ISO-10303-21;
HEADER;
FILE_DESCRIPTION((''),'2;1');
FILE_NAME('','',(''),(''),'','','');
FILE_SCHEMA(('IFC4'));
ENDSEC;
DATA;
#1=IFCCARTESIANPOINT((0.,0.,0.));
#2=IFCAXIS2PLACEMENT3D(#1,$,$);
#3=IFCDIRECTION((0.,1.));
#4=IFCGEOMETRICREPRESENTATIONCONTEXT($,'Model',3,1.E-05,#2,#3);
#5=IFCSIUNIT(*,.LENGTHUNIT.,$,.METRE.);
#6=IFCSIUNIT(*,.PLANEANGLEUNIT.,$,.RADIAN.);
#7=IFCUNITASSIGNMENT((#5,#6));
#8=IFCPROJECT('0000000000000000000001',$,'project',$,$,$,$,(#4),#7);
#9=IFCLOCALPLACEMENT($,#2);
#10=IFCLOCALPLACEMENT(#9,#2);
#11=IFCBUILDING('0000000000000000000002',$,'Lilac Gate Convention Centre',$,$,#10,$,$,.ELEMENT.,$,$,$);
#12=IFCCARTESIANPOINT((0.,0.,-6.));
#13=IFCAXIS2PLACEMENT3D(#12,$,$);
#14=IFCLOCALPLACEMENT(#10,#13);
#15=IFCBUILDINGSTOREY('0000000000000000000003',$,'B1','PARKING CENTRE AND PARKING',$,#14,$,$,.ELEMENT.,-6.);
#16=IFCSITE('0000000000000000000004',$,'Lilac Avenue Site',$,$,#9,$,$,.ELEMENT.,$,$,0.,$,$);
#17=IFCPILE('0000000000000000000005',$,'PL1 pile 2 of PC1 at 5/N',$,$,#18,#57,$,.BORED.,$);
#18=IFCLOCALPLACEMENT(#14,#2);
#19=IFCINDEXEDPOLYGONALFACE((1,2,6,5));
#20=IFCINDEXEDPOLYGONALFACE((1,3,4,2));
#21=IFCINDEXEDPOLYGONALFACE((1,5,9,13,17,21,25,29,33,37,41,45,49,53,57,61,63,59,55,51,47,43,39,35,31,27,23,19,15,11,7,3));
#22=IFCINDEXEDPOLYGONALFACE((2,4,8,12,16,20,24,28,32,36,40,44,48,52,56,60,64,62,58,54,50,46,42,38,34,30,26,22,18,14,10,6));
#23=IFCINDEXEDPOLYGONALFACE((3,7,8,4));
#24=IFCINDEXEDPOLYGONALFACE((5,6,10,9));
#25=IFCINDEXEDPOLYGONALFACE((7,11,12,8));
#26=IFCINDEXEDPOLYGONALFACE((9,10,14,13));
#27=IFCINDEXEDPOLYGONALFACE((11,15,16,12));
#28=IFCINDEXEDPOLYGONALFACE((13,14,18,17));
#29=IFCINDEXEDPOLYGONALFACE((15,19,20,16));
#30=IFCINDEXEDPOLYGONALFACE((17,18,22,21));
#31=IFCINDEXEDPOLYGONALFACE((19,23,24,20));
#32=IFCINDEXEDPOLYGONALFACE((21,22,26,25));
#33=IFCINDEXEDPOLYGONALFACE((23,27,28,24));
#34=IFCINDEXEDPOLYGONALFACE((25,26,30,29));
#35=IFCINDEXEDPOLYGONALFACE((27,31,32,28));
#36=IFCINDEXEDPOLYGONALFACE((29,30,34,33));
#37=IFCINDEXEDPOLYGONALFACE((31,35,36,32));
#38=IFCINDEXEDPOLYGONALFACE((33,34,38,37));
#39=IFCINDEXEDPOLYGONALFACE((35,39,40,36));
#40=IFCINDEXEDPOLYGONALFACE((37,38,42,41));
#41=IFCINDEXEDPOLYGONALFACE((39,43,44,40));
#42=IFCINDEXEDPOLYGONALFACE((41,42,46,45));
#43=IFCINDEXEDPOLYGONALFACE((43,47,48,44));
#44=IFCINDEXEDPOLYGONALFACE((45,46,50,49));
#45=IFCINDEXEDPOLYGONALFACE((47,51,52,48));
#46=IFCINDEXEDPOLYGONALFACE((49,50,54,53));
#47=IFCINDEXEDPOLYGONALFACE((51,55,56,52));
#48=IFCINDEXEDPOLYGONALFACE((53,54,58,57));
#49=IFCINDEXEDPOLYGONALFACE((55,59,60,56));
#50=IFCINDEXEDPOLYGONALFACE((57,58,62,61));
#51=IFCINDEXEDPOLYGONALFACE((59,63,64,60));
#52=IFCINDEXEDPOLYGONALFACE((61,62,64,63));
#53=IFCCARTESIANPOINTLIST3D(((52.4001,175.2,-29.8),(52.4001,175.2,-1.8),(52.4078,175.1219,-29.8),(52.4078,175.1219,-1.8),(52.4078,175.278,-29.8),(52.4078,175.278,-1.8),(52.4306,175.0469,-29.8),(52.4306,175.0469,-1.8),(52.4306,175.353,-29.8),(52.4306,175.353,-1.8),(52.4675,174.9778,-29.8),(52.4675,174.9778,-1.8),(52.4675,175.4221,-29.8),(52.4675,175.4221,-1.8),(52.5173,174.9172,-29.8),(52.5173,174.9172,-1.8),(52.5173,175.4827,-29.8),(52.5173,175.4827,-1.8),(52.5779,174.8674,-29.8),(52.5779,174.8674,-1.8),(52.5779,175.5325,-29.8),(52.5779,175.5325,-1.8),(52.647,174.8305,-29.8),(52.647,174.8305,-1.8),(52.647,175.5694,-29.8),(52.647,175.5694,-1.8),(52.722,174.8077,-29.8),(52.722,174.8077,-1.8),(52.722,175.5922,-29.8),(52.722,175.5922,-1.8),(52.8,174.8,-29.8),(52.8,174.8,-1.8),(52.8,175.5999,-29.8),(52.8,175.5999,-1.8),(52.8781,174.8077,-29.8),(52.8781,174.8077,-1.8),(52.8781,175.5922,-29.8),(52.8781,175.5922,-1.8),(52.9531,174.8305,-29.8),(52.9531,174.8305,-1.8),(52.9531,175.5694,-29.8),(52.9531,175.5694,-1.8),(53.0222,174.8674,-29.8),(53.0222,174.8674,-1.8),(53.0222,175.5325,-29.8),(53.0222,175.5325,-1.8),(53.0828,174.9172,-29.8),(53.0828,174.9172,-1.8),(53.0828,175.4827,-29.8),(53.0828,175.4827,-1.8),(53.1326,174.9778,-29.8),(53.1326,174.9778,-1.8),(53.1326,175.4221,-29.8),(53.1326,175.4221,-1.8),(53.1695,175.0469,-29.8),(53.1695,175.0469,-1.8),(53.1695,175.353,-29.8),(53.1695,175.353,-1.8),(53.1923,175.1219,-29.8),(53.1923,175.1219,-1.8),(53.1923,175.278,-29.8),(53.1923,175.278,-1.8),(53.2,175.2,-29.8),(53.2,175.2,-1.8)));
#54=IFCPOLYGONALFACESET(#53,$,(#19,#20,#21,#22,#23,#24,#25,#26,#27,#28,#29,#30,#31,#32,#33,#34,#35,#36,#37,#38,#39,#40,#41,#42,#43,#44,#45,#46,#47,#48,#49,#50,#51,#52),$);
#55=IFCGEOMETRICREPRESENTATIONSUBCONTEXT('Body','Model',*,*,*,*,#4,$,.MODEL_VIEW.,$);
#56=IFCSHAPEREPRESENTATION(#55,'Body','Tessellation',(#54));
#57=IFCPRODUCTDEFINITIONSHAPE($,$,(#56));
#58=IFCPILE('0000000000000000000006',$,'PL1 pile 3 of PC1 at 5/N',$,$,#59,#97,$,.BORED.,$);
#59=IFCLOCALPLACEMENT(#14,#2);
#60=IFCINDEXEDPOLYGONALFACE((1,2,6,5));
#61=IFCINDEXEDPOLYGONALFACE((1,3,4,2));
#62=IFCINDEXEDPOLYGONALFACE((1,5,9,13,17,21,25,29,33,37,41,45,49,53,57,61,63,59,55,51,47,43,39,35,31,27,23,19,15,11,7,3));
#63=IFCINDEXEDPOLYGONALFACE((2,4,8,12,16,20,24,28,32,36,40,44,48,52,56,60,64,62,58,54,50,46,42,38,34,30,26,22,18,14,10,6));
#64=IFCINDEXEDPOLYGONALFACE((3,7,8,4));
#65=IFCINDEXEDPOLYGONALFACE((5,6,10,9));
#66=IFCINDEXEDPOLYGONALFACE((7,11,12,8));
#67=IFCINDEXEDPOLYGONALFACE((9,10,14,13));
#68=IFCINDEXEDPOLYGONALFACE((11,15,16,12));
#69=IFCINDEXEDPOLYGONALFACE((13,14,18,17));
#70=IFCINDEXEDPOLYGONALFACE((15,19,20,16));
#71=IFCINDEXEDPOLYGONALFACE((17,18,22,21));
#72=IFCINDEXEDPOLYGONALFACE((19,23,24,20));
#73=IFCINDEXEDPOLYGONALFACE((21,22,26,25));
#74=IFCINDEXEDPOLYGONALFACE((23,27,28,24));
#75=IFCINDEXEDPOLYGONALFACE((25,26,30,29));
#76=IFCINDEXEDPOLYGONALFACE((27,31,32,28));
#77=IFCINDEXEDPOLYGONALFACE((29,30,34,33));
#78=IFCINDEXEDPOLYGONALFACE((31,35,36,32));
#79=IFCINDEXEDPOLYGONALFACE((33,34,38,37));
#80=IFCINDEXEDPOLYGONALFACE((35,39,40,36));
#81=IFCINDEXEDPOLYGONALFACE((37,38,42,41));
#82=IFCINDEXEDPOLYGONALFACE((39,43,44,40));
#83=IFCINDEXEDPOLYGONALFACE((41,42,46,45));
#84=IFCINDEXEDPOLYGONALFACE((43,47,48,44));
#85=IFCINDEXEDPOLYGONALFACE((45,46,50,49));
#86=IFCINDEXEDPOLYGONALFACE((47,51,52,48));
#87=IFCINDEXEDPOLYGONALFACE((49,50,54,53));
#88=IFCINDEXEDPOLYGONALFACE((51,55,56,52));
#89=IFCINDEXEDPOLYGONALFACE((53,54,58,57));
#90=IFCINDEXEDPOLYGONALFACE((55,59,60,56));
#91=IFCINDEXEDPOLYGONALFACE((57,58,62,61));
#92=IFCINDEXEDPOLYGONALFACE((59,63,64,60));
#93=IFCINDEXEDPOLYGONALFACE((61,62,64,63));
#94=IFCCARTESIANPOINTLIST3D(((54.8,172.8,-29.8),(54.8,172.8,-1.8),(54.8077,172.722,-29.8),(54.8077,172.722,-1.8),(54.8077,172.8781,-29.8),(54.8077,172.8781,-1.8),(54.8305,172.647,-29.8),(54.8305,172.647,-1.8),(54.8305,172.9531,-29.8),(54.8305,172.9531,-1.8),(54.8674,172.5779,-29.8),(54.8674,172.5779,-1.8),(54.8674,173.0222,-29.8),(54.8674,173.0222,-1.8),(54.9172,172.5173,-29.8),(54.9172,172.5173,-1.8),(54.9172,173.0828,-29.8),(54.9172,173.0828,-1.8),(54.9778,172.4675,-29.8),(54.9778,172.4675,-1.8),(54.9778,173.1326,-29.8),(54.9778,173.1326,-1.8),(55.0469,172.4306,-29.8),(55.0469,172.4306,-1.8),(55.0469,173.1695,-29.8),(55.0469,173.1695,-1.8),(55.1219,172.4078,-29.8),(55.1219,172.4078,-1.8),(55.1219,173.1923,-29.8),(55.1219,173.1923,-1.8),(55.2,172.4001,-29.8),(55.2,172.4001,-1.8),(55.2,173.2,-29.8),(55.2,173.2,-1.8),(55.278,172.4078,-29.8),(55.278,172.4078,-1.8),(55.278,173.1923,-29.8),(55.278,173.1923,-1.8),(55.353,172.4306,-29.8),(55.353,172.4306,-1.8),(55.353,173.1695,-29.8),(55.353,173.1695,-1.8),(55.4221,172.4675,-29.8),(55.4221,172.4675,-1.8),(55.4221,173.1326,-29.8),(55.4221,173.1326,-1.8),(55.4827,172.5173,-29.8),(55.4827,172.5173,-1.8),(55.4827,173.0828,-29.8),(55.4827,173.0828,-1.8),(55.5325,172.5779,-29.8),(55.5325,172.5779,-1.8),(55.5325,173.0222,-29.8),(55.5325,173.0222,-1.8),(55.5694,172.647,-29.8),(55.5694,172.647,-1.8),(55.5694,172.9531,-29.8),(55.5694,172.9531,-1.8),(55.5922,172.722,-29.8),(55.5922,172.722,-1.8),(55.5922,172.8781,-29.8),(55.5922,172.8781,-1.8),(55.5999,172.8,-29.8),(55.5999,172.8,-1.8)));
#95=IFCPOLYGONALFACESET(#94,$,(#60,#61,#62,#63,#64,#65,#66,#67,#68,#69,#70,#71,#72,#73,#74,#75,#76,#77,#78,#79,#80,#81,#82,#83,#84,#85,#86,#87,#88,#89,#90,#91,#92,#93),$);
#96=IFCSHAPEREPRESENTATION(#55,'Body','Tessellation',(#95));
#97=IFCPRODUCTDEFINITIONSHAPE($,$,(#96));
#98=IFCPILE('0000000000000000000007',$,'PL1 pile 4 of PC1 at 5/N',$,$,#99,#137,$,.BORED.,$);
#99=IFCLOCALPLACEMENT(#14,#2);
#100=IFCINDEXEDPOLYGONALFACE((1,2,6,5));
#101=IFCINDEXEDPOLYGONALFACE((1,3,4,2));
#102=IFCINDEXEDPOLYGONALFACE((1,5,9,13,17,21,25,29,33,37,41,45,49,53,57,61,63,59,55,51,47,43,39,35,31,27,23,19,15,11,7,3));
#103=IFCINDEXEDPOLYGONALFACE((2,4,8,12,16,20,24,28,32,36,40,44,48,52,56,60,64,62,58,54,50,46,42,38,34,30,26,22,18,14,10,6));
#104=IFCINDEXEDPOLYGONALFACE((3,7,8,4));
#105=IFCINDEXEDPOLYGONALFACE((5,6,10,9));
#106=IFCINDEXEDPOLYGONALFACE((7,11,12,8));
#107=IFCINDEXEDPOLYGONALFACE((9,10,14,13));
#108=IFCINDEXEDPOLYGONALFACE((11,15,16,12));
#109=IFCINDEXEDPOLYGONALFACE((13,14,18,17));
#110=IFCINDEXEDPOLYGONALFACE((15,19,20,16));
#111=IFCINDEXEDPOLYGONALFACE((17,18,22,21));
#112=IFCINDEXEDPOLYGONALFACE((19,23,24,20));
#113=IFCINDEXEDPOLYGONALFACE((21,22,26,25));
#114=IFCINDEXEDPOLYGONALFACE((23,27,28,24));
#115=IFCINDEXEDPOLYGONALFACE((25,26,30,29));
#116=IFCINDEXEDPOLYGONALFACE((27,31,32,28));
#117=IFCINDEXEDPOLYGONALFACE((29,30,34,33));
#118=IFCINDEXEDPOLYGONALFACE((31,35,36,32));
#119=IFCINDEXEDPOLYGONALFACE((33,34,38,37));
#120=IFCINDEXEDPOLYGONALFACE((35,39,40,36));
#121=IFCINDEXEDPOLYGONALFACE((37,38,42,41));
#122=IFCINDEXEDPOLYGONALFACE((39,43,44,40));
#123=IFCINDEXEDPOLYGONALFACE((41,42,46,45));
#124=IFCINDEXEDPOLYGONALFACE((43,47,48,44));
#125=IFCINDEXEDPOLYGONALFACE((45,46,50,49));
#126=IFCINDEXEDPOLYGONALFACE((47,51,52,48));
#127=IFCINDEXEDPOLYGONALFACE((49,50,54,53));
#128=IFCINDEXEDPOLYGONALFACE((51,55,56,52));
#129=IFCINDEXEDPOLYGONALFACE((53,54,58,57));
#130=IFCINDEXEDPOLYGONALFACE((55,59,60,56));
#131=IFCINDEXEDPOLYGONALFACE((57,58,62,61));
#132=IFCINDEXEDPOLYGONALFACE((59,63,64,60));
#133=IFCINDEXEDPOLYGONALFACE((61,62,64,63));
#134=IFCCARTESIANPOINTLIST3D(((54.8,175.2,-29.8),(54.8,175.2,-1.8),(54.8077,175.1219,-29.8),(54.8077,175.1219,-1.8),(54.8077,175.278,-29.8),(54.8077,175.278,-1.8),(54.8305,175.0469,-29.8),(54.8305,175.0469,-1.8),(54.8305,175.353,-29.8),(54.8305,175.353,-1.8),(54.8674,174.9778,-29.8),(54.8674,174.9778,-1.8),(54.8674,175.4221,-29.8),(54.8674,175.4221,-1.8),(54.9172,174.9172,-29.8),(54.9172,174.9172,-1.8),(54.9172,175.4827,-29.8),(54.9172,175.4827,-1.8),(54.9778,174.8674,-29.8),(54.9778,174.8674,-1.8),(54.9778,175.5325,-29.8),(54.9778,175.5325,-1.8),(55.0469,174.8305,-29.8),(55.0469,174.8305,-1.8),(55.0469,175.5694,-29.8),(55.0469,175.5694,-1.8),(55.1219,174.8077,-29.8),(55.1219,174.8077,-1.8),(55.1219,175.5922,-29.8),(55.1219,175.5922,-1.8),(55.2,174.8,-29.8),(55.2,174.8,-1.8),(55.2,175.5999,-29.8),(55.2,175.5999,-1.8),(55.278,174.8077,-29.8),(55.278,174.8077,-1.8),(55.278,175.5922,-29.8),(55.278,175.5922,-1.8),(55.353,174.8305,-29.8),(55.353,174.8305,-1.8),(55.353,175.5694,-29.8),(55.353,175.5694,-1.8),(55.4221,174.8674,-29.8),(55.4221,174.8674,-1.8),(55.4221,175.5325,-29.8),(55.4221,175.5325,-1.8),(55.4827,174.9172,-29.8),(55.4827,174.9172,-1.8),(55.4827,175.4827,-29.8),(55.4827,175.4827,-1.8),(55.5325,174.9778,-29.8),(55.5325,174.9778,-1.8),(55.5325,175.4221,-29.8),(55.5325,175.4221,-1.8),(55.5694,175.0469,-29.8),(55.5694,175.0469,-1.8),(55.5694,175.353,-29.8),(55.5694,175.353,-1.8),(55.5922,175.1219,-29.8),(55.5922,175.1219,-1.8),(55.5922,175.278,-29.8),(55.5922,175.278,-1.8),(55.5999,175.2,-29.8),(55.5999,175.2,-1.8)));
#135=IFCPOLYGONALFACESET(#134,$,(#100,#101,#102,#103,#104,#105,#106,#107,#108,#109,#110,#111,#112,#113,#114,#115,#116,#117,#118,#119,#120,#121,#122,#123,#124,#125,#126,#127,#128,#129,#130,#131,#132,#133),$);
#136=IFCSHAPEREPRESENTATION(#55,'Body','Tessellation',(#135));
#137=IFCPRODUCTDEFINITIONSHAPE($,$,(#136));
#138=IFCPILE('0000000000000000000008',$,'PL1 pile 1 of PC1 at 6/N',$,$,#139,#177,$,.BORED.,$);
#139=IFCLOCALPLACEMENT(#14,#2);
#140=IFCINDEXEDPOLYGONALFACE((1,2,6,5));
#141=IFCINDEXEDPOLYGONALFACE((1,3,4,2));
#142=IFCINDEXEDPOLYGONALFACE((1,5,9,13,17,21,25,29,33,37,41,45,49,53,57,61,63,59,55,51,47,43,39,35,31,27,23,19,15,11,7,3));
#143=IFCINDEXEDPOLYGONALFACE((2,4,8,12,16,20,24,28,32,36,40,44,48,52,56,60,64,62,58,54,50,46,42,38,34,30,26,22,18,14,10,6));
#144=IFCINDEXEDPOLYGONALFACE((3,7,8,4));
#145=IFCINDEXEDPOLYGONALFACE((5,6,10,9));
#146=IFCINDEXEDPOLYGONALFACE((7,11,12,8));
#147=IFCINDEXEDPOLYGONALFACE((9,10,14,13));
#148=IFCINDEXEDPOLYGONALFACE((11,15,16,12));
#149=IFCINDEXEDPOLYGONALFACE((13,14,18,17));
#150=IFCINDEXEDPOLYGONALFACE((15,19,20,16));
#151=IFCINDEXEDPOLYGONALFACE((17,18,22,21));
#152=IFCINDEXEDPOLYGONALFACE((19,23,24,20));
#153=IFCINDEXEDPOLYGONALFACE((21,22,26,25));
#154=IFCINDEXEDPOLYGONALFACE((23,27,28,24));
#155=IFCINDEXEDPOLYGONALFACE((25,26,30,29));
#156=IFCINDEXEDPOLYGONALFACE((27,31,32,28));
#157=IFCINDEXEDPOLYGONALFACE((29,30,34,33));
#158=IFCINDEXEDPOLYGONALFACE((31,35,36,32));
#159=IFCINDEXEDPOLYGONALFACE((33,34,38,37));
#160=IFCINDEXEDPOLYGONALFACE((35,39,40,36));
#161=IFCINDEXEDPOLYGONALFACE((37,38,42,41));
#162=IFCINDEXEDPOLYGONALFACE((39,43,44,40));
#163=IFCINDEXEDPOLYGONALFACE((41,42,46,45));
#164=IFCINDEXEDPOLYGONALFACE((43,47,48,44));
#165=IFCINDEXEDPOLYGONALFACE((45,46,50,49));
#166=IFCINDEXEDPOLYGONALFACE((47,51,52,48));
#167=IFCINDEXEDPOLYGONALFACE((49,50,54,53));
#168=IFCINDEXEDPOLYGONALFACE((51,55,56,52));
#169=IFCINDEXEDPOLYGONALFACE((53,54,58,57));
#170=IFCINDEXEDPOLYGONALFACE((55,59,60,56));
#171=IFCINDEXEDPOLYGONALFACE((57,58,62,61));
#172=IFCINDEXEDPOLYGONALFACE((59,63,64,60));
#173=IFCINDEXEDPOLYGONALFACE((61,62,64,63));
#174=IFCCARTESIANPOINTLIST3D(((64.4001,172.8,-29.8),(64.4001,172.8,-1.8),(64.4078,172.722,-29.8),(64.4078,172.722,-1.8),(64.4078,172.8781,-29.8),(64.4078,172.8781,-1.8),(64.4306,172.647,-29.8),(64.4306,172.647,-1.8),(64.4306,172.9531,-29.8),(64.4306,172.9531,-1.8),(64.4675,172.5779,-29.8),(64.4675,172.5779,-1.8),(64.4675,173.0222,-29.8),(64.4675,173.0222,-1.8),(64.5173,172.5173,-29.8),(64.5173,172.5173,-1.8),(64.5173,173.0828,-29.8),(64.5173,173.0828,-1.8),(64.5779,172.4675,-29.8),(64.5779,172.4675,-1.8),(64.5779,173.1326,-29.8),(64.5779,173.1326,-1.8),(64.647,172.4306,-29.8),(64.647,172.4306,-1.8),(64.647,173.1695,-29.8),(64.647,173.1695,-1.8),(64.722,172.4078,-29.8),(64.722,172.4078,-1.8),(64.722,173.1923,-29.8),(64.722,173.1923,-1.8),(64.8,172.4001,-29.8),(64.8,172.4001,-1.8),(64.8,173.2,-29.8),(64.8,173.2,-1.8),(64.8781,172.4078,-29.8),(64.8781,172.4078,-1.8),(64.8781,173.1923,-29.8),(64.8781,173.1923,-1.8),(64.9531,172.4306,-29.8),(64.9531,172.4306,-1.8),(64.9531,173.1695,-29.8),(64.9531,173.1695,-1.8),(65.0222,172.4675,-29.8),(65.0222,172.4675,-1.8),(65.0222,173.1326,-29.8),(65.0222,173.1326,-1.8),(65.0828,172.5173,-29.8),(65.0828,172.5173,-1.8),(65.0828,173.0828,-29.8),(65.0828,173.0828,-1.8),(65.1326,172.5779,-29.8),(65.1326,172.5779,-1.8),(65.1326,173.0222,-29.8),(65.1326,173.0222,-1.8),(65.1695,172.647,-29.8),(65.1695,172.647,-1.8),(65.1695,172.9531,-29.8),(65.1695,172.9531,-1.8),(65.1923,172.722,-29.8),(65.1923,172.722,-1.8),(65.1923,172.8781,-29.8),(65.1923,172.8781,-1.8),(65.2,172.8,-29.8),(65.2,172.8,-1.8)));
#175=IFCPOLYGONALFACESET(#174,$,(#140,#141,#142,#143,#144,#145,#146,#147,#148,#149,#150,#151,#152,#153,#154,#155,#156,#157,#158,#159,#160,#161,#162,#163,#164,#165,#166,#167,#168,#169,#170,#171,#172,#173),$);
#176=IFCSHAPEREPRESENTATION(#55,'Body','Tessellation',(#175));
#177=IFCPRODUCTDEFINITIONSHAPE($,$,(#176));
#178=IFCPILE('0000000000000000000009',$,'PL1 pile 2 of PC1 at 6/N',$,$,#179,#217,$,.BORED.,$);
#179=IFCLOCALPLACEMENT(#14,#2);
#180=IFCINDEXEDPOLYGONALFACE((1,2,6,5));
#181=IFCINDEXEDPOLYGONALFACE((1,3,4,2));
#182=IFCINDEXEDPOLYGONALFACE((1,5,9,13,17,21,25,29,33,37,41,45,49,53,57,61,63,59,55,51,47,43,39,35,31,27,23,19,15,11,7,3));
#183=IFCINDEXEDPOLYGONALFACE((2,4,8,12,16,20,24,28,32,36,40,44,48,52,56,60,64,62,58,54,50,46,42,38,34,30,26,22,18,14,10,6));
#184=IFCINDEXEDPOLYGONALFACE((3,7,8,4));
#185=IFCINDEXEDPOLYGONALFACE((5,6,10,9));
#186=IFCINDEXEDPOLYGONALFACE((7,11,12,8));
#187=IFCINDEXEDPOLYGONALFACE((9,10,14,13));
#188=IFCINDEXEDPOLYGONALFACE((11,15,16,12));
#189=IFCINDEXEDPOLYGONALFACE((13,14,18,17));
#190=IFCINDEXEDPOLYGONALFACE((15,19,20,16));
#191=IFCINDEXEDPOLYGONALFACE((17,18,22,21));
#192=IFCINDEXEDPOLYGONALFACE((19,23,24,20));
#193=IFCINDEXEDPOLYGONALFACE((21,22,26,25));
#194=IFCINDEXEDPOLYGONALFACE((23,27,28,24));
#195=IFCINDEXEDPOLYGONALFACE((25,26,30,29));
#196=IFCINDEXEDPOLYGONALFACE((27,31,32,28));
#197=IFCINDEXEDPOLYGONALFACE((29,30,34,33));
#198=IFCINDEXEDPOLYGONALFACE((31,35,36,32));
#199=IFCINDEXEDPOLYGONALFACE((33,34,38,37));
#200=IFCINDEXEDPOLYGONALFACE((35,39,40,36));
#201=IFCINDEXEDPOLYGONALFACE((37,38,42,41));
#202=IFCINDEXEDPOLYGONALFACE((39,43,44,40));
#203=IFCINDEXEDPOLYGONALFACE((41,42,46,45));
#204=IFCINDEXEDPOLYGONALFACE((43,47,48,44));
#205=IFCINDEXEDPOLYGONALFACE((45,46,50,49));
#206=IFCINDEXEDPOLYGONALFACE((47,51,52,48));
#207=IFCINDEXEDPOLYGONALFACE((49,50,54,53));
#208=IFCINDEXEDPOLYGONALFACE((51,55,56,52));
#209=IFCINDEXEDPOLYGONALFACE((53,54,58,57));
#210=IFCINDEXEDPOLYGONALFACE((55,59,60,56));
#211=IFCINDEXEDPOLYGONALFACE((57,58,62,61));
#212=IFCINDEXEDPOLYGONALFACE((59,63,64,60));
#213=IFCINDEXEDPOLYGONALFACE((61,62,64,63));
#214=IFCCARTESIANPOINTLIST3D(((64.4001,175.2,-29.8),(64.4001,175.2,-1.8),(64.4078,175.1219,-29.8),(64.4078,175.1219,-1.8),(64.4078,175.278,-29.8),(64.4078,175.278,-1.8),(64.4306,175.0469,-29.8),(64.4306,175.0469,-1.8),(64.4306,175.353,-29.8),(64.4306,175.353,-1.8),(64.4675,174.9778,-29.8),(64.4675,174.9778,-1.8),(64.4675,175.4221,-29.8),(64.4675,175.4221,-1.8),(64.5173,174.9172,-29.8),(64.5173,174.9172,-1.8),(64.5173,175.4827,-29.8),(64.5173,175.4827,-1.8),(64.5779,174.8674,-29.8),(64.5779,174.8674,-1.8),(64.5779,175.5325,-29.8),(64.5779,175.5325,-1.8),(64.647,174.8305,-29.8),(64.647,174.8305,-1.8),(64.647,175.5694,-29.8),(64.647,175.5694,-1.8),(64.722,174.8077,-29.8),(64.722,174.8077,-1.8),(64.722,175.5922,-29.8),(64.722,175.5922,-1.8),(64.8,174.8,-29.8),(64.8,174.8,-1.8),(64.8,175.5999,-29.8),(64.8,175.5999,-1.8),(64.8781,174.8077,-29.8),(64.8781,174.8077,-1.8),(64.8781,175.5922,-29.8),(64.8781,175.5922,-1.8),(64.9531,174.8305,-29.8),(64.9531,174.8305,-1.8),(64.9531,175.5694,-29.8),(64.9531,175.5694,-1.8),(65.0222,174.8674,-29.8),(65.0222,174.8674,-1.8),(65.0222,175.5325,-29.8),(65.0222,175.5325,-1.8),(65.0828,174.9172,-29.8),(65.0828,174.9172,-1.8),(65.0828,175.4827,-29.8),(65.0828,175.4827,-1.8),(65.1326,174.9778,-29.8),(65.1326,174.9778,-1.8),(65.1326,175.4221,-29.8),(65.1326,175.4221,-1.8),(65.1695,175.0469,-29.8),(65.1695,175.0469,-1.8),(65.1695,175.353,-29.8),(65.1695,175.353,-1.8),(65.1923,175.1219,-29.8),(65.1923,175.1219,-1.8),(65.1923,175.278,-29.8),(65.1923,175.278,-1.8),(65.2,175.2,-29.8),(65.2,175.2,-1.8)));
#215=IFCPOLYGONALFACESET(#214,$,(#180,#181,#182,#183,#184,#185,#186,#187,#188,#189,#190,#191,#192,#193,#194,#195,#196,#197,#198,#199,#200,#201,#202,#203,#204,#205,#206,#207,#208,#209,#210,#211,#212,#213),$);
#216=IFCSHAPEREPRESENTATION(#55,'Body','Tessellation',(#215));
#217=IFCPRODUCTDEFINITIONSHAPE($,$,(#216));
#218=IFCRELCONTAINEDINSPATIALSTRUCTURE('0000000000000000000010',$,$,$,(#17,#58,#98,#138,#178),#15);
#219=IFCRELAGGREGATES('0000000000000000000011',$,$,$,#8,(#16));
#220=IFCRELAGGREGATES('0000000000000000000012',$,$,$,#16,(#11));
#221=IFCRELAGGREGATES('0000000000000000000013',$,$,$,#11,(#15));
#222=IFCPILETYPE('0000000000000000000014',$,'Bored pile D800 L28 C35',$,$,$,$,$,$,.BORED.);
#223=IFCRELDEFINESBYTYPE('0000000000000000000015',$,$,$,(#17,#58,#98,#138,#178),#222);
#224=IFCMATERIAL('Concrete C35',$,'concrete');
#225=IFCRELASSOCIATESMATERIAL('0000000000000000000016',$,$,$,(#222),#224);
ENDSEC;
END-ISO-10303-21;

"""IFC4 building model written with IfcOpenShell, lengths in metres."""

from ifc_helpers import new_model, si_unit, direction, frame, origin, origin_2d, place, context, subcontext, project, spatial, circle, extrude, material, material_profile, profile_set, type_object, element, save


model = new_model("IFC4")

# Units and contexts
model_context = context("Model", 3, precision=1e-05, world=origin(), true_north=direction((0.0, 1.0)))
body_context = subcontext(model_context, "Body", "Model", "MODEL_VIEW")
ifc_project = project(units=[si_unit("LENGTHUNIT", "METRE"), si_unit("PLANEANGLEUNIT", "RADIAN")], contexts=[model_context])

# Site, building, storey
site_placement = place(None, origin())
site = spatial("IfcSite", under=ifc_project, at=site_placement, Name="Lilac Avenue Site", CompositionType="ELEMENT", RefElevation=0.0)
building_placement = place(site_placement, origin())
building = spatial("IfcBuilding", under=site, at=building_placement, Name="Lilac Gate Convention Centre", CompositionType="ELEMENT")
storey_placement = place(building_placement, frame((0.0, 0.0, -6.0)))
storey = spatial("IfcBuildingStorey", under=building, at=storey_placement, Name="B1", Description="PARKING CENTRE AND PARKING", CompositionType="ELEMENT", Elevation=-6.0)

# Piles
ifc_material_1 = material(Name="Concrete C35", Category="concrete")
ifc_material_profile_1 = material_profile(ifc_material_1, circle(Radius=0.3999, at=origin_2d()), Name="D800")
ifc_profile_set_1 = profile_set([ifc_material_profile_1], Name="Concrete C35")
pile_type = type_object("IfcPileType", Name="Bored pile D800 L28 C35", PredefinedType="BORED", material=ifc_profile_set_1)
for number, where, z_axis, x_axis, name in (
    (1, (52.8, 175.2, -1.8), (0.0, 0.0, -1.0), (1.0, 0.0, 0.0), "PL1 pile 2 of PC1 at 5/N"),
    (2, (55.2, 172.8, -1.8), (0.0, 0.0, -1.0), (1.0, 0.0, 0.0), "PL1 pile 3 of PC1 at 5/N"),
    (3, (55.2, 175.2, -1.8), (0.0, 0.0, -1.0), (1.0, 0.0, 0.0), "PL1 pile 4 of PC1 at 5/N"),
    (4, (64.8, 172.8, -1.8), (0.0, 0.0, -1.0), (1.0, 0.0, 0.0), "PL1 pile 1 of PC1 at 6/N"),
    (5, (64.8, 175.2, -1.8), (0.0, 0.0, -1.0), (1.0, 0.0, 0.0), "PL1 pile 2 of PC1 at 6/N"),
):
    element("IfcPile", number, at=place(storey_placement, frame(where, z_axis=z_axis, x_axis=x_axis)), inside=storey, type_object=pile_type, Name=name, PredefinedType="BORED", context=body_context, shape_type="SweptSolid", body=[
        extrude(circle(Radius=0.3999, at=origin_2d()), origin(), (0.0, 0.0, 1.0), 28.0),
    ])

save(model, "model.ifc")
